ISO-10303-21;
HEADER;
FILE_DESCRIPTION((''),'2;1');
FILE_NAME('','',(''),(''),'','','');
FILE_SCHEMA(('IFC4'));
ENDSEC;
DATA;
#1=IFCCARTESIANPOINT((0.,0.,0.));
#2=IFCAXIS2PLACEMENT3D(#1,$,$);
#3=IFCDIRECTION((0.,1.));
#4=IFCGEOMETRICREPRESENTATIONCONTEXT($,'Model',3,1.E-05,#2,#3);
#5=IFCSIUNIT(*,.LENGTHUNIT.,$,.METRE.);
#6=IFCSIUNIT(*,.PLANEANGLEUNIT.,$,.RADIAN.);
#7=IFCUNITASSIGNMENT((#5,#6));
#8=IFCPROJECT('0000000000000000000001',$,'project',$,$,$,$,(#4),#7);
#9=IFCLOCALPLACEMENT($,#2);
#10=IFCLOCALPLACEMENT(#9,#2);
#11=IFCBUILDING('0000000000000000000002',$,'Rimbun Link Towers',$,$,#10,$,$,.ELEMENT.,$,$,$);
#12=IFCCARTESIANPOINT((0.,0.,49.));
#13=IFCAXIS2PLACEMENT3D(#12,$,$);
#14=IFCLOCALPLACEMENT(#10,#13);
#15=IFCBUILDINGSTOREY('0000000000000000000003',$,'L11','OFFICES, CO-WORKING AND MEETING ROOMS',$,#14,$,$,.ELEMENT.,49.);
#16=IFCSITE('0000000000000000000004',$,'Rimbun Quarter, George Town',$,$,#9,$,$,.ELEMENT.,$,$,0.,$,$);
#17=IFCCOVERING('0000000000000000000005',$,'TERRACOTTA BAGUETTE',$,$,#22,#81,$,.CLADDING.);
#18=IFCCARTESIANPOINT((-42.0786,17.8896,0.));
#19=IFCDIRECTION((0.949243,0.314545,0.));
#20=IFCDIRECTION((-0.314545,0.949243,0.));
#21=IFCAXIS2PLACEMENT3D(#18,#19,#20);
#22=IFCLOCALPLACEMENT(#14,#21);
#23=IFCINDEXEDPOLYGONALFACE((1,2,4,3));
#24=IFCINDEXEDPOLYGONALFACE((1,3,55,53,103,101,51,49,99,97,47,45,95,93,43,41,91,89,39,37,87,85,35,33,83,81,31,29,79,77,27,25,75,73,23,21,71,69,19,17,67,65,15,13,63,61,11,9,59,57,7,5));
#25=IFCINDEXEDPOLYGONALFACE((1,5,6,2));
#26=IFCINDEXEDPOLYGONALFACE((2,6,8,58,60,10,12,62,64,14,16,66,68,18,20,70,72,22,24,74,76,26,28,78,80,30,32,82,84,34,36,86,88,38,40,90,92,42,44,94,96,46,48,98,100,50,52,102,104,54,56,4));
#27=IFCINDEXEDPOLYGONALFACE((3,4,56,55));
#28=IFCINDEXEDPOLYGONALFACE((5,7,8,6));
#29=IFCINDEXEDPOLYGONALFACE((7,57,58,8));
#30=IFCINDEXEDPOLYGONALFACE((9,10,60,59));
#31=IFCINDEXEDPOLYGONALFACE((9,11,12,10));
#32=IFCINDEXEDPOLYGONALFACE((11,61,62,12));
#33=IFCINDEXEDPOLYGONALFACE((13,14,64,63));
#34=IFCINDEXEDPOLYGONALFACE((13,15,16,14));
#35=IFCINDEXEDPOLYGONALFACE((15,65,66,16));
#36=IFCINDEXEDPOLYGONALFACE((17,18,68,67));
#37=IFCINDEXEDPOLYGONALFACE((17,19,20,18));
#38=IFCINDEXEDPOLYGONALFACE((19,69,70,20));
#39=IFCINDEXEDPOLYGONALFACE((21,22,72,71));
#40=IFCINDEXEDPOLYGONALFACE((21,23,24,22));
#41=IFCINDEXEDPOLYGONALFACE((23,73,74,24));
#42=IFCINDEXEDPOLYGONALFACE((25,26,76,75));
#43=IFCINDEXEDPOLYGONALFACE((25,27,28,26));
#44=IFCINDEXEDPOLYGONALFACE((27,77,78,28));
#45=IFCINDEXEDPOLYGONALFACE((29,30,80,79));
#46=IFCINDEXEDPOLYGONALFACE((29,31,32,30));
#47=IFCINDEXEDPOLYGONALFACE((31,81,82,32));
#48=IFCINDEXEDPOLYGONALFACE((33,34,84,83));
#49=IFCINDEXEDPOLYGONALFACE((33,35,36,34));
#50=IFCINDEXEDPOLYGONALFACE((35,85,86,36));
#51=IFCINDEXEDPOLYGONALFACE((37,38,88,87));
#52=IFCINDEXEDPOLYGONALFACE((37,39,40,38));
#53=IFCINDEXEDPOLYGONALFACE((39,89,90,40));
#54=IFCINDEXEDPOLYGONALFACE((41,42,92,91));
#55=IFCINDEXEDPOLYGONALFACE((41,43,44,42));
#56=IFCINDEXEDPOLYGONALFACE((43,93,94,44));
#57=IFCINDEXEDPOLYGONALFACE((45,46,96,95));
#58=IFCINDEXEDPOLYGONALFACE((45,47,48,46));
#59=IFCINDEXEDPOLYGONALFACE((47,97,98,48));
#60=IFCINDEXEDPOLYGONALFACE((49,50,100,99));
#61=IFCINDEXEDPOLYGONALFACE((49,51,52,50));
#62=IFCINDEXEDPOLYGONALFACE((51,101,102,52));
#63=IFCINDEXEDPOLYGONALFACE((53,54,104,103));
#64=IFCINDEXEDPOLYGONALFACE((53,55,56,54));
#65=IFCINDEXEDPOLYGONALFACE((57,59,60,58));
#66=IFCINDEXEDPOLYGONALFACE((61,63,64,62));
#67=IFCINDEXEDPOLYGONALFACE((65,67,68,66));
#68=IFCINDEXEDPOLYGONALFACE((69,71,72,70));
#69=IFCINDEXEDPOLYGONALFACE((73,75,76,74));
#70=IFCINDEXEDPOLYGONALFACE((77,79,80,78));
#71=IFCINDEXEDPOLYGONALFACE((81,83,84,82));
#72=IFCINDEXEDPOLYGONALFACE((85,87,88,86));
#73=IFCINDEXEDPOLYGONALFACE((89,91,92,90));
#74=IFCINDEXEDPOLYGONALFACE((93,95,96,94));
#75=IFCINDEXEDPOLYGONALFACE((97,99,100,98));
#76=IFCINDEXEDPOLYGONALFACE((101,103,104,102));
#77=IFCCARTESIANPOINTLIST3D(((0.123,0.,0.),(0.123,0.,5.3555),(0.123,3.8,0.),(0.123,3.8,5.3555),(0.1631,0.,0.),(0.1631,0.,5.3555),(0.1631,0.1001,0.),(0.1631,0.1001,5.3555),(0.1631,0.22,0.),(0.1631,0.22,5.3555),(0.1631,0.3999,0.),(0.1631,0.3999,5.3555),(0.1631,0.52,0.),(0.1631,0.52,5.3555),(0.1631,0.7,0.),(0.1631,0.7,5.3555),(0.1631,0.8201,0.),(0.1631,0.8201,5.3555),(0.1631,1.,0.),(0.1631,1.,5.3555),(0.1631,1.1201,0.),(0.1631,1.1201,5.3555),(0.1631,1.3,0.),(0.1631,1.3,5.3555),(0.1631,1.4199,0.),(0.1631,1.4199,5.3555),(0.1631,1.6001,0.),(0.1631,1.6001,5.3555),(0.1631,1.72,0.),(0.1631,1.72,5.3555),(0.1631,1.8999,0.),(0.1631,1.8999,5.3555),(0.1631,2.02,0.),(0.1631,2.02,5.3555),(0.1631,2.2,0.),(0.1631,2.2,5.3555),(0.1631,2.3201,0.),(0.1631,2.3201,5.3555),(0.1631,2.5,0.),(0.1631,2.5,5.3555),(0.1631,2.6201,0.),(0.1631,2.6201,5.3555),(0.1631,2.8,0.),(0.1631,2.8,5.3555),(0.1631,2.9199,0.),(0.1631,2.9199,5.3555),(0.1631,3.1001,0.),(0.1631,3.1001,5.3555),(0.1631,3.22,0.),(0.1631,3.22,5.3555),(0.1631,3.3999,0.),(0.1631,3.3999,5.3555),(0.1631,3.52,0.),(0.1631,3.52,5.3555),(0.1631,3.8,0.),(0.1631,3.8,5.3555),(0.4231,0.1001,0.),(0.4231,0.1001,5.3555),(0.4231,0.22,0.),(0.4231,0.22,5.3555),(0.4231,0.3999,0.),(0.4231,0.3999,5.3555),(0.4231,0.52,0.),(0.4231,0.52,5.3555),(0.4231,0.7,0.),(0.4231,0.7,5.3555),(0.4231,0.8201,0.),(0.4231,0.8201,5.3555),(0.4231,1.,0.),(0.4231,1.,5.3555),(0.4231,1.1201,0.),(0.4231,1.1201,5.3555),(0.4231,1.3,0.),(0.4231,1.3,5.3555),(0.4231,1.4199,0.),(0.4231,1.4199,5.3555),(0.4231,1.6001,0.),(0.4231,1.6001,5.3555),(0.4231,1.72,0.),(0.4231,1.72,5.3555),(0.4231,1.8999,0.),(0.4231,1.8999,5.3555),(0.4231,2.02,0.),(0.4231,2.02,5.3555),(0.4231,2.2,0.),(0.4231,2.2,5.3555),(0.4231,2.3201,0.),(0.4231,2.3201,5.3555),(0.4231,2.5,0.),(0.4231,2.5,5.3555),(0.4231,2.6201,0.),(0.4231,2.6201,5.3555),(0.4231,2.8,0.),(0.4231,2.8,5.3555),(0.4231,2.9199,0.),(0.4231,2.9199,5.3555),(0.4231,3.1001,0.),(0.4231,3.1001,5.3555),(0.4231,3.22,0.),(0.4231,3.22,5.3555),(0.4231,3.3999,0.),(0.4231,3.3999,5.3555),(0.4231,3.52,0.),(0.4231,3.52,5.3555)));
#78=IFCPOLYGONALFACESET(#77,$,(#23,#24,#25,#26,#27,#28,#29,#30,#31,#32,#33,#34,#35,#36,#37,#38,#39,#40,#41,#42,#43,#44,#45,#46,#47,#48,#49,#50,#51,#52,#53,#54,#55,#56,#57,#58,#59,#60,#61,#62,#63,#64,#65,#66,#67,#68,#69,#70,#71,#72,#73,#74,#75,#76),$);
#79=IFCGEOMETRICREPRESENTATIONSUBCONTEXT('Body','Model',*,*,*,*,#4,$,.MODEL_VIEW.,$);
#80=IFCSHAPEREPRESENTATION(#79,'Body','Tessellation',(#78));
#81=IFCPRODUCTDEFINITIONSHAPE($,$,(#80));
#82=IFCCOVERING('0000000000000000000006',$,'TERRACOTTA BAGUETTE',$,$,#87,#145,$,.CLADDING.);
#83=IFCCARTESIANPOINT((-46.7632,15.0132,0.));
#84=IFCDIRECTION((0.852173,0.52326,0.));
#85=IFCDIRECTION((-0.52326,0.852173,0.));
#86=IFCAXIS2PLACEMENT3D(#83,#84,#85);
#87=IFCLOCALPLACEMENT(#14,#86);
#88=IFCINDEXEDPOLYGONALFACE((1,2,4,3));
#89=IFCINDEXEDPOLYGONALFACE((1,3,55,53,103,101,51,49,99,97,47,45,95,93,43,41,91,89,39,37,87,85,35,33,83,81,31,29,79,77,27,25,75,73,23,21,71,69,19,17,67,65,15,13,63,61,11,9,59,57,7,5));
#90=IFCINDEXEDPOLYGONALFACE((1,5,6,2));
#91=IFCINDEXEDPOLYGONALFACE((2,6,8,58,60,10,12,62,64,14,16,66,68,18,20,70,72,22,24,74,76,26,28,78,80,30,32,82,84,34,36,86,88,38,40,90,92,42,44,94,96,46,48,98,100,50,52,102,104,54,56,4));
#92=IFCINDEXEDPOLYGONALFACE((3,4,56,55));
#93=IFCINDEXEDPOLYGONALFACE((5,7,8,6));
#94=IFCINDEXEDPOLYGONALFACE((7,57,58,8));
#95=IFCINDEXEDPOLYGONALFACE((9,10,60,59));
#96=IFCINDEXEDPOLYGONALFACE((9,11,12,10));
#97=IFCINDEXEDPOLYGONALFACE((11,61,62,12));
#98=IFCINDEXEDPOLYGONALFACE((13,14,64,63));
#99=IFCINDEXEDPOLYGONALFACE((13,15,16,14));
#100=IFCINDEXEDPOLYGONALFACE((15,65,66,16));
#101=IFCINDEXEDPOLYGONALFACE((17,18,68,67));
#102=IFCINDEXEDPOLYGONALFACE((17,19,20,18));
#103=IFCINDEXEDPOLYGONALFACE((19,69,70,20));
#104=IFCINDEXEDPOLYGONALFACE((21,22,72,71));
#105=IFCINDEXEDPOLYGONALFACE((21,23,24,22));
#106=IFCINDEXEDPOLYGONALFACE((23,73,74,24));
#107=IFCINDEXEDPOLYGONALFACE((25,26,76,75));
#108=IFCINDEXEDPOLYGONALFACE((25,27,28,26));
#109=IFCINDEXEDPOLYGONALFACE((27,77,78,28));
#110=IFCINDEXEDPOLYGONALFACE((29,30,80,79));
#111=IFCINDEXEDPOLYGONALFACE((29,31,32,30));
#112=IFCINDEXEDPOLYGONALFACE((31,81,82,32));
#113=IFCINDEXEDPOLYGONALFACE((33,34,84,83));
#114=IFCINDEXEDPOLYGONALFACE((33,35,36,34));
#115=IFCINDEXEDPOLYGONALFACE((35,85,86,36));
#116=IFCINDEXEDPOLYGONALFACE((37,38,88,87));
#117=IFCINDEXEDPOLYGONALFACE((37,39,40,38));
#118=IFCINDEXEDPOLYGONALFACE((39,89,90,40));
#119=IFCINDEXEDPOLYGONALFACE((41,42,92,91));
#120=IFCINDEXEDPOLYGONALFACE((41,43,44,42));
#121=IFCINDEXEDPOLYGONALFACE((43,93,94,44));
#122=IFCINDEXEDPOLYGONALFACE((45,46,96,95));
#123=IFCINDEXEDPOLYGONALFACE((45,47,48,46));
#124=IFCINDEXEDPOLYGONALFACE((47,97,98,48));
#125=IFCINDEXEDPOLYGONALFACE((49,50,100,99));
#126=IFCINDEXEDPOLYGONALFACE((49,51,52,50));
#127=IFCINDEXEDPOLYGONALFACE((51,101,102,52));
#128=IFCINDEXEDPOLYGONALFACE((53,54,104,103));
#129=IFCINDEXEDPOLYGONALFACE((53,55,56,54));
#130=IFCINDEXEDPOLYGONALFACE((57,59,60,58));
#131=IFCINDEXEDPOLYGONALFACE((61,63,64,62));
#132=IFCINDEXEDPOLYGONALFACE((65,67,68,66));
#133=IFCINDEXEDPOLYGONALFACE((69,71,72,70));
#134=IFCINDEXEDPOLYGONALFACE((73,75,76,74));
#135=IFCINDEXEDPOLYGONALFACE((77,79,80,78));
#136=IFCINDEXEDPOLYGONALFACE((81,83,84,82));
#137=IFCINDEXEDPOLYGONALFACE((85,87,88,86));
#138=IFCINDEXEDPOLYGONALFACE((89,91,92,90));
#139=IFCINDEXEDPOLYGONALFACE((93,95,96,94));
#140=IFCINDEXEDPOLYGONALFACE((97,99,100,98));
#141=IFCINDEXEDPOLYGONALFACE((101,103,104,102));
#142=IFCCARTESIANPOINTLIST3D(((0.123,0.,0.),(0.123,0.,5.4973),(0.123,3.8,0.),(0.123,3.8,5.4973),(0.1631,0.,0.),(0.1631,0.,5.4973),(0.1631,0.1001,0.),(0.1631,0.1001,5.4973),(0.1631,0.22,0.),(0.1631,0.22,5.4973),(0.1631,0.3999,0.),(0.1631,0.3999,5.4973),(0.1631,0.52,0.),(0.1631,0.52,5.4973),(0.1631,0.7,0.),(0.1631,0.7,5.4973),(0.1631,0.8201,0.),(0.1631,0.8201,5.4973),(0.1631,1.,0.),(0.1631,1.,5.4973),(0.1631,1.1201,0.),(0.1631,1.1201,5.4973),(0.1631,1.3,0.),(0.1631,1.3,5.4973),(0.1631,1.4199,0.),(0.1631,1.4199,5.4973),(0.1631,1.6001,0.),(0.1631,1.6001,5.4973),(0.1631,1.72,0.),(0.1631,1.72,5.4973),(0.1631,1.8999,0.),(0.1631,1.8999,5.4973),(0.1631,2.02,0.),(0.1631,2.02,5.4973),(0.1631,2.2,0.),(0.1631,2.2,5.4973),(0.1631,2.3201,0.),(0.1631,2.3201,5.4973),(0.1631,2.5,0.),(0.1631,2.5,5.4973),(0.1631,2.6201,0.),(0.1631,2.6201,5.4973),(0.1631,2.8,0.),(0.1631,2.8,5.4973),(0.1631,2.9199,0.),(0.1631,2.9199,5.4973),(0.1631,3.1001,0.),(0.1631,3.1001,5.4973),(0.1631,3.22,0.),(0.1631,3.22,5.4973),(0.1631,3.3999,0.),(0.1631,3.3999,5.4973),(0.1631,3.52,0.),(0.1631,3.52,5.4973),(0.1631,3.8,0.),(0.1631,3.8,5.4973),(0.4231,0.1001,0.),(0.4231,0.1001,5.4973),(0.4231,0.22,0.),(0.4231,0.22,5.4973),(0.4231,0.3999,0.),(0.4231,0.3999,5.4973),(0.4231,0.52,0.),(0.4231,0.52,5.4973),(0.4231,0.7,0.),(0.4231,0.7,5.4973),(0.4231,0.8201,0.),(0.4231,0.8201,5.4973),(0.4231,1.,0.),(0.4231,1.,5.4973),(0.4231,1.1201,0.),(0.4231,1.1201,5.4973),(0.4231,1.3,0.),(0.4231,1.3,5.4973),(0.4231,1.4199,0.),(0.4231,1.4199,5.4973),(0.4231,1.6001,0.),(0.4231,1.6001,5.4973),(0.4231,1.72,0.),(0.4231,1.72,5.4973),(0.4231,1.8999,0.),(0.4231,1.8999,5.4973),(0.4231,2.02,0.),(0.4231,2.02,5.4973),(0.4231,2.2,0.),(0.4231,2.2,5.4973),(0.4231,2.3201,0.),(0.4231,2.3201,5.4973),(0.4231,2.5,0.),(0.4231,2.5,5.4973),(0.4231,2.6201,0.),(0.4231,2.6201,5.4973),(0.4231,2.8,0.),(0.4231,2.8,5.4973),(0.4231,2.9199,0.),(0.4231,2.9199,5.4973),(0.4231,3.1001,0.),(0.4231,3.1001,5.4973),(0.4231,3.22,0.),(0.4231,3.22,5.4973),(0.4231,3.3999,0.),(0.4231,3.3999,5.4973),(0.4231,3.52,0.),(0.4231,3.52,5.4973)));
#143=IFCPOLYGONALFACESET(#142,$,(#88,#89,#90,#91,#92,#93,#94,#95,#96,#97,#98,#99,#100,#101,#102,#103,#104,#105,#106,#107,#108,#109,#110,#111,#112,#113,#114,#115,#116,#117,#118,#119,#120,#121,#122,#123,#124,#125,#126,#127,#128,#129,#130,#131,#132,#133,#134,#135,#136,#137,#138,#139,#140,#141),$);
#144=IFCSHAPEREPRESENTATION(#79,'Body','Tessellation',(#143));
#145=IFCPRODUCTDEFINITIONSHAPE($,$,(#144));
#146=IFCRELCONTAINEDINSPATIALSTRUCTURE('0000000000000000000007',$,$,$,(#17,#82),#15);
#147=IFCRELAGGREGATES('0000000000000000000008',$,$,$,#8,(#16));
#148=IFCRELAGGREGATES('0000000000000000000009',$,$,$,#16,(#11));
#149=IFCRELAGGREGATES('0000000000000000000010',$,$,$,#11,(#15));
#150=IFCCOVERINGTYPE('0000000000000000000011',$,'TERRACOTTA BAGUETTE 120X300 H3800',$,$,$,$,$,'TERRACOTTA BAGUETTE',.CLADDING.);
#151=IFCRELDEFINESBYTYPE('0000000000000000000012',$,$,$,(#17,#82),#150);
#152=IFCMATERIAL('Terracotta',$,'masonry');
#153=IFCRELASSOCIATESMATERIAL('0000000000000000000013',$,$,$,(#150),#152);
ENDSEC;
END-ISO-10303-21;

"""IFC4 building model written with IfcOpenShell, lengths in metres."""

from ifc_helpers import new_model, si_unit, direction, frame, origin, place, context, subcontext, project, spatial, polyline, outline, extrude, material, material_profile, profile_set, type_object, element, save


model = new_model("IFC4")

# Units and contexts
model_context = context("Model", 3, precision=1e-05, world=origin(), true_north=direction((0.0, 1.0)))
body_context = subcontext(model_context, "Body", "Model", "MODEL_VIEW")
ifc_project = project(units=[si_unit("LENGTHUNIT", "METRE"), si_unit("PLANEANGLEUNIT", "RADIAN")], contexts=[model_context])

# Site, building, storey
site_placement = place(None, origin())
site = spatial("IfcSite", under=ifc_project, at=site_placement, Name="Rimbun Quarter, George Town", CompositionType="ELEMENT", RefElevation=0.0)
building_placement = place(site_placement, origin())
building = spatial("IfcBuilding", under=site, at=building_placement, Name="Rimbun Link Towers", CompositionType="ELEMENT")
storey_placement = place(building_placement, frame((0.0, 0.0, 49.0)))
storey = spatial("IfcBuildingStorey", under=building, at=storey_placement, Name="L11", Description="OFFICES, CO-WORKING AND MEETING ROOMS", CompositionType="ELEMENT", Elevation=49.0)

# Coverings
ifc_material_1 = material(Name="Terracotta", Category="masonry")
ifc_material_profile_1 = material_profile(ifc_material_1, outline(polyline([(0.123, 0.0), (0.1631, 0.0), (0.1631, 0.1001), (0.4231, 0.1001), (0.4231, 0.22), (0.1631, 0.22), (0.1631, 0.3999), (0.4231, 0.3999), (0.4231, 0.52), (0.1631, 0.52), (0.1631, 0.7), (0.4231, 0.7), (0.4231, 0.8201), (0.1631, 0.8201), (0.1631, 1.0), (0.4231, 1.0), (0.4231, 1.1201), (0.1631, 1.1201), (0.1631, 1.3), (0.4231, 1.3), (0.4231, 1.4199), (0.1631, 1.4199), (0.1631, 1.6001), (0.4231, 1.6001), (0.4231, 1.72), (0.1631, 1.72), (0.1631, 1.8999), (0.4231, 1.8999), (0.4231, 2.02), (0.1631, 2.02), (0.1631, 2.2), (0.4231, 2.2), (0.4231, 2.3201), (0.1631, 2.3201), (0.1631, 2.5), (0.4231, 2.5), (0.4231, 2.6201), (0.1631, 2.6201), (0.1631, 2.8), (0.4231, 2.8), (0.4231, 2.9199), (0.1631, 2.9199), (0.1631, 3.1001), (0.4231, 3.1001), (0.4231, 3.22), (0.1631, 3.22), (0.1631, 3.3999), (0.4231, 3.3999), (0.4231, 3.52), (0.1631, 3.52), (0.1631, 3.8), (0.123, 3.8), (0.123, 0.0)])), Name="BAGUETTE 120X300")
ifc_profile_set_1 = profile_set([ifc_material_profile_1], Name="Terracotta")
covering_type = type_object("IfcCoveringType", Name="TERRACOTTA BAGUETTE 120X300 H3800", ElementType="TERRACOTTA BAGUETTE", PredefinedType="CLADDING", material=ifc_profile_set_1)
covering_1_placement = place(storey_placement, frame((-42.0786, 17.8896, 0.0), z_axis=(0.949243, 0.314545, 0.0), x_axis=(-0.314545, 0.949243, 0.0)))
element("IfcCovering", 1, at=covering_1_placement, inside=storey, type_object=covering_type, Name="TERRACOTTA BAGUETTE", PredefinedType="CLADDING", context=body_context, shape_type="SweptSolid", body=[
    extrude(outline(polyline([(0.123, 0.0), (0.1631, 0.0), (0.1631, 0.1001), (0.4231, 0.1001), (0.4231, 0.22), (0.1631, 0.22), (0.1631, 0.3999), (0.4231, 0.3999), (0.4231, 0.52), (0.1631, 0.52), (0.1631, 0.7), (0.4231, 0.7), (0.4231, 0.8201), (0.1631, 0.8201), (0.1631, 1.0), (0.4231, 1.0), (0.4231, 1.1201), (0.1631, 1.1201), (0.1631, 1.3), (0.4231, 1.3), (0.4231, 1.4199), (0.1631, 1.4199), (0.1631, 1.6001), (0.4231, 1.6001), (0.4231, 1.72), (0.1631, 1.72), (0.1631, 1.8999), (0.4231, 1.8999), (0.4231, 2.02), (0.1631, 2.02), (0.1631, 2.2), (0.4231, 2.2), (0.4231, 2.3201), (0.1631, 2.3201), (0.1631, 2.5), (0.4231, 2.5), (0.4231, 2.6201), (0.1631, 2.6201), (0.1631, 2.8), (0.4231, 2.8), (0.4231, 2.9199), (0.1631, 2.9199), (0.1631, 3.1001), (0.4231, 3.1001), (0.4231, 3.22), (0.1631, 3.22), (0.1631, 3.3999), (0.4231, 3.3999), (0.4231, 3.52), (0.1631, 3.52), (0.1631, 3.8), (0.123, 3.8), (0.123, 0.0)])), origin(), (0.0, 0.0, 1.0), 5.3555),
])
covering_2_placement = place(storey_placement, frame((-46.7632, 15.0132, 0.0), z_axis=(0.852173, 0.52326, 0.0), x_axis=(-0.52326, 0.852173, 0.0)))
element("IfcCovering", 2, at=covering_2_placement, inside=storey, type_object=covering_type, Name="TERRACOTTA BAGUETTE", PredefinedType="CLADDING", context=body_context, shape_type="SweptSolid", body=[
    extrude(outline(polyline([(0.123, 0.0), (0.1631, 0.0), (0.1631, 0.1001), (0.4231, 0.1001), (0.4231, 0.22), (0.1631, 0.22), (0.1631, 0.3999), (0.4231, 0.3999), (0.4231, 0.52), (0.1631, 0.52), (0.1631, 0.7), (0.4231, 0.7), (0.4231, 0.8201), (0.1631, 0.8201), (0.1631, 1.0), (0.4231, 1.0), (0.4231, 1.1201), (0.1631, 1.1201), (0.1631, 1.3), (0.4231, 1.3), (0.4231, 1.4199), (0.1631, 1.4199), (0.1631, 1.6001), (0.4231, 1.6001), (0.4231, 1.72), (0.1631, 1.72), (0.1631, 1.8999), (0.4231, 1.8999), (0.4231, 2.02), (0.1631, 2.02), (0.1631, 2.2), (0.4231, 2.2), (0.4231, 2.3201), (0.1631, 2.3201), (0.1631, 2.5), (0.4231, 2.5), (0.4231, 2.6201), (0.1631, 2.6201), (0.1631, 2.8), (0.4231, 2.8), (0.4231, 2.9199), (0.1631, 2.9199), (0.1631, 3.1001), (0.4231, 3.1001), (0.4231, 3.22), (0.1631, 3.22), (0.1631, 3.3999), (0.4231, 3.3999), (0.4231, 3.52), (0.1631, 3.52), (0.1631, 3.8), (0.123, 3.8), (0.123, 0.0)])), origin(), (0.0, 0.0, 1.0), 5.4973),
])

save(model, "model.ifc")
